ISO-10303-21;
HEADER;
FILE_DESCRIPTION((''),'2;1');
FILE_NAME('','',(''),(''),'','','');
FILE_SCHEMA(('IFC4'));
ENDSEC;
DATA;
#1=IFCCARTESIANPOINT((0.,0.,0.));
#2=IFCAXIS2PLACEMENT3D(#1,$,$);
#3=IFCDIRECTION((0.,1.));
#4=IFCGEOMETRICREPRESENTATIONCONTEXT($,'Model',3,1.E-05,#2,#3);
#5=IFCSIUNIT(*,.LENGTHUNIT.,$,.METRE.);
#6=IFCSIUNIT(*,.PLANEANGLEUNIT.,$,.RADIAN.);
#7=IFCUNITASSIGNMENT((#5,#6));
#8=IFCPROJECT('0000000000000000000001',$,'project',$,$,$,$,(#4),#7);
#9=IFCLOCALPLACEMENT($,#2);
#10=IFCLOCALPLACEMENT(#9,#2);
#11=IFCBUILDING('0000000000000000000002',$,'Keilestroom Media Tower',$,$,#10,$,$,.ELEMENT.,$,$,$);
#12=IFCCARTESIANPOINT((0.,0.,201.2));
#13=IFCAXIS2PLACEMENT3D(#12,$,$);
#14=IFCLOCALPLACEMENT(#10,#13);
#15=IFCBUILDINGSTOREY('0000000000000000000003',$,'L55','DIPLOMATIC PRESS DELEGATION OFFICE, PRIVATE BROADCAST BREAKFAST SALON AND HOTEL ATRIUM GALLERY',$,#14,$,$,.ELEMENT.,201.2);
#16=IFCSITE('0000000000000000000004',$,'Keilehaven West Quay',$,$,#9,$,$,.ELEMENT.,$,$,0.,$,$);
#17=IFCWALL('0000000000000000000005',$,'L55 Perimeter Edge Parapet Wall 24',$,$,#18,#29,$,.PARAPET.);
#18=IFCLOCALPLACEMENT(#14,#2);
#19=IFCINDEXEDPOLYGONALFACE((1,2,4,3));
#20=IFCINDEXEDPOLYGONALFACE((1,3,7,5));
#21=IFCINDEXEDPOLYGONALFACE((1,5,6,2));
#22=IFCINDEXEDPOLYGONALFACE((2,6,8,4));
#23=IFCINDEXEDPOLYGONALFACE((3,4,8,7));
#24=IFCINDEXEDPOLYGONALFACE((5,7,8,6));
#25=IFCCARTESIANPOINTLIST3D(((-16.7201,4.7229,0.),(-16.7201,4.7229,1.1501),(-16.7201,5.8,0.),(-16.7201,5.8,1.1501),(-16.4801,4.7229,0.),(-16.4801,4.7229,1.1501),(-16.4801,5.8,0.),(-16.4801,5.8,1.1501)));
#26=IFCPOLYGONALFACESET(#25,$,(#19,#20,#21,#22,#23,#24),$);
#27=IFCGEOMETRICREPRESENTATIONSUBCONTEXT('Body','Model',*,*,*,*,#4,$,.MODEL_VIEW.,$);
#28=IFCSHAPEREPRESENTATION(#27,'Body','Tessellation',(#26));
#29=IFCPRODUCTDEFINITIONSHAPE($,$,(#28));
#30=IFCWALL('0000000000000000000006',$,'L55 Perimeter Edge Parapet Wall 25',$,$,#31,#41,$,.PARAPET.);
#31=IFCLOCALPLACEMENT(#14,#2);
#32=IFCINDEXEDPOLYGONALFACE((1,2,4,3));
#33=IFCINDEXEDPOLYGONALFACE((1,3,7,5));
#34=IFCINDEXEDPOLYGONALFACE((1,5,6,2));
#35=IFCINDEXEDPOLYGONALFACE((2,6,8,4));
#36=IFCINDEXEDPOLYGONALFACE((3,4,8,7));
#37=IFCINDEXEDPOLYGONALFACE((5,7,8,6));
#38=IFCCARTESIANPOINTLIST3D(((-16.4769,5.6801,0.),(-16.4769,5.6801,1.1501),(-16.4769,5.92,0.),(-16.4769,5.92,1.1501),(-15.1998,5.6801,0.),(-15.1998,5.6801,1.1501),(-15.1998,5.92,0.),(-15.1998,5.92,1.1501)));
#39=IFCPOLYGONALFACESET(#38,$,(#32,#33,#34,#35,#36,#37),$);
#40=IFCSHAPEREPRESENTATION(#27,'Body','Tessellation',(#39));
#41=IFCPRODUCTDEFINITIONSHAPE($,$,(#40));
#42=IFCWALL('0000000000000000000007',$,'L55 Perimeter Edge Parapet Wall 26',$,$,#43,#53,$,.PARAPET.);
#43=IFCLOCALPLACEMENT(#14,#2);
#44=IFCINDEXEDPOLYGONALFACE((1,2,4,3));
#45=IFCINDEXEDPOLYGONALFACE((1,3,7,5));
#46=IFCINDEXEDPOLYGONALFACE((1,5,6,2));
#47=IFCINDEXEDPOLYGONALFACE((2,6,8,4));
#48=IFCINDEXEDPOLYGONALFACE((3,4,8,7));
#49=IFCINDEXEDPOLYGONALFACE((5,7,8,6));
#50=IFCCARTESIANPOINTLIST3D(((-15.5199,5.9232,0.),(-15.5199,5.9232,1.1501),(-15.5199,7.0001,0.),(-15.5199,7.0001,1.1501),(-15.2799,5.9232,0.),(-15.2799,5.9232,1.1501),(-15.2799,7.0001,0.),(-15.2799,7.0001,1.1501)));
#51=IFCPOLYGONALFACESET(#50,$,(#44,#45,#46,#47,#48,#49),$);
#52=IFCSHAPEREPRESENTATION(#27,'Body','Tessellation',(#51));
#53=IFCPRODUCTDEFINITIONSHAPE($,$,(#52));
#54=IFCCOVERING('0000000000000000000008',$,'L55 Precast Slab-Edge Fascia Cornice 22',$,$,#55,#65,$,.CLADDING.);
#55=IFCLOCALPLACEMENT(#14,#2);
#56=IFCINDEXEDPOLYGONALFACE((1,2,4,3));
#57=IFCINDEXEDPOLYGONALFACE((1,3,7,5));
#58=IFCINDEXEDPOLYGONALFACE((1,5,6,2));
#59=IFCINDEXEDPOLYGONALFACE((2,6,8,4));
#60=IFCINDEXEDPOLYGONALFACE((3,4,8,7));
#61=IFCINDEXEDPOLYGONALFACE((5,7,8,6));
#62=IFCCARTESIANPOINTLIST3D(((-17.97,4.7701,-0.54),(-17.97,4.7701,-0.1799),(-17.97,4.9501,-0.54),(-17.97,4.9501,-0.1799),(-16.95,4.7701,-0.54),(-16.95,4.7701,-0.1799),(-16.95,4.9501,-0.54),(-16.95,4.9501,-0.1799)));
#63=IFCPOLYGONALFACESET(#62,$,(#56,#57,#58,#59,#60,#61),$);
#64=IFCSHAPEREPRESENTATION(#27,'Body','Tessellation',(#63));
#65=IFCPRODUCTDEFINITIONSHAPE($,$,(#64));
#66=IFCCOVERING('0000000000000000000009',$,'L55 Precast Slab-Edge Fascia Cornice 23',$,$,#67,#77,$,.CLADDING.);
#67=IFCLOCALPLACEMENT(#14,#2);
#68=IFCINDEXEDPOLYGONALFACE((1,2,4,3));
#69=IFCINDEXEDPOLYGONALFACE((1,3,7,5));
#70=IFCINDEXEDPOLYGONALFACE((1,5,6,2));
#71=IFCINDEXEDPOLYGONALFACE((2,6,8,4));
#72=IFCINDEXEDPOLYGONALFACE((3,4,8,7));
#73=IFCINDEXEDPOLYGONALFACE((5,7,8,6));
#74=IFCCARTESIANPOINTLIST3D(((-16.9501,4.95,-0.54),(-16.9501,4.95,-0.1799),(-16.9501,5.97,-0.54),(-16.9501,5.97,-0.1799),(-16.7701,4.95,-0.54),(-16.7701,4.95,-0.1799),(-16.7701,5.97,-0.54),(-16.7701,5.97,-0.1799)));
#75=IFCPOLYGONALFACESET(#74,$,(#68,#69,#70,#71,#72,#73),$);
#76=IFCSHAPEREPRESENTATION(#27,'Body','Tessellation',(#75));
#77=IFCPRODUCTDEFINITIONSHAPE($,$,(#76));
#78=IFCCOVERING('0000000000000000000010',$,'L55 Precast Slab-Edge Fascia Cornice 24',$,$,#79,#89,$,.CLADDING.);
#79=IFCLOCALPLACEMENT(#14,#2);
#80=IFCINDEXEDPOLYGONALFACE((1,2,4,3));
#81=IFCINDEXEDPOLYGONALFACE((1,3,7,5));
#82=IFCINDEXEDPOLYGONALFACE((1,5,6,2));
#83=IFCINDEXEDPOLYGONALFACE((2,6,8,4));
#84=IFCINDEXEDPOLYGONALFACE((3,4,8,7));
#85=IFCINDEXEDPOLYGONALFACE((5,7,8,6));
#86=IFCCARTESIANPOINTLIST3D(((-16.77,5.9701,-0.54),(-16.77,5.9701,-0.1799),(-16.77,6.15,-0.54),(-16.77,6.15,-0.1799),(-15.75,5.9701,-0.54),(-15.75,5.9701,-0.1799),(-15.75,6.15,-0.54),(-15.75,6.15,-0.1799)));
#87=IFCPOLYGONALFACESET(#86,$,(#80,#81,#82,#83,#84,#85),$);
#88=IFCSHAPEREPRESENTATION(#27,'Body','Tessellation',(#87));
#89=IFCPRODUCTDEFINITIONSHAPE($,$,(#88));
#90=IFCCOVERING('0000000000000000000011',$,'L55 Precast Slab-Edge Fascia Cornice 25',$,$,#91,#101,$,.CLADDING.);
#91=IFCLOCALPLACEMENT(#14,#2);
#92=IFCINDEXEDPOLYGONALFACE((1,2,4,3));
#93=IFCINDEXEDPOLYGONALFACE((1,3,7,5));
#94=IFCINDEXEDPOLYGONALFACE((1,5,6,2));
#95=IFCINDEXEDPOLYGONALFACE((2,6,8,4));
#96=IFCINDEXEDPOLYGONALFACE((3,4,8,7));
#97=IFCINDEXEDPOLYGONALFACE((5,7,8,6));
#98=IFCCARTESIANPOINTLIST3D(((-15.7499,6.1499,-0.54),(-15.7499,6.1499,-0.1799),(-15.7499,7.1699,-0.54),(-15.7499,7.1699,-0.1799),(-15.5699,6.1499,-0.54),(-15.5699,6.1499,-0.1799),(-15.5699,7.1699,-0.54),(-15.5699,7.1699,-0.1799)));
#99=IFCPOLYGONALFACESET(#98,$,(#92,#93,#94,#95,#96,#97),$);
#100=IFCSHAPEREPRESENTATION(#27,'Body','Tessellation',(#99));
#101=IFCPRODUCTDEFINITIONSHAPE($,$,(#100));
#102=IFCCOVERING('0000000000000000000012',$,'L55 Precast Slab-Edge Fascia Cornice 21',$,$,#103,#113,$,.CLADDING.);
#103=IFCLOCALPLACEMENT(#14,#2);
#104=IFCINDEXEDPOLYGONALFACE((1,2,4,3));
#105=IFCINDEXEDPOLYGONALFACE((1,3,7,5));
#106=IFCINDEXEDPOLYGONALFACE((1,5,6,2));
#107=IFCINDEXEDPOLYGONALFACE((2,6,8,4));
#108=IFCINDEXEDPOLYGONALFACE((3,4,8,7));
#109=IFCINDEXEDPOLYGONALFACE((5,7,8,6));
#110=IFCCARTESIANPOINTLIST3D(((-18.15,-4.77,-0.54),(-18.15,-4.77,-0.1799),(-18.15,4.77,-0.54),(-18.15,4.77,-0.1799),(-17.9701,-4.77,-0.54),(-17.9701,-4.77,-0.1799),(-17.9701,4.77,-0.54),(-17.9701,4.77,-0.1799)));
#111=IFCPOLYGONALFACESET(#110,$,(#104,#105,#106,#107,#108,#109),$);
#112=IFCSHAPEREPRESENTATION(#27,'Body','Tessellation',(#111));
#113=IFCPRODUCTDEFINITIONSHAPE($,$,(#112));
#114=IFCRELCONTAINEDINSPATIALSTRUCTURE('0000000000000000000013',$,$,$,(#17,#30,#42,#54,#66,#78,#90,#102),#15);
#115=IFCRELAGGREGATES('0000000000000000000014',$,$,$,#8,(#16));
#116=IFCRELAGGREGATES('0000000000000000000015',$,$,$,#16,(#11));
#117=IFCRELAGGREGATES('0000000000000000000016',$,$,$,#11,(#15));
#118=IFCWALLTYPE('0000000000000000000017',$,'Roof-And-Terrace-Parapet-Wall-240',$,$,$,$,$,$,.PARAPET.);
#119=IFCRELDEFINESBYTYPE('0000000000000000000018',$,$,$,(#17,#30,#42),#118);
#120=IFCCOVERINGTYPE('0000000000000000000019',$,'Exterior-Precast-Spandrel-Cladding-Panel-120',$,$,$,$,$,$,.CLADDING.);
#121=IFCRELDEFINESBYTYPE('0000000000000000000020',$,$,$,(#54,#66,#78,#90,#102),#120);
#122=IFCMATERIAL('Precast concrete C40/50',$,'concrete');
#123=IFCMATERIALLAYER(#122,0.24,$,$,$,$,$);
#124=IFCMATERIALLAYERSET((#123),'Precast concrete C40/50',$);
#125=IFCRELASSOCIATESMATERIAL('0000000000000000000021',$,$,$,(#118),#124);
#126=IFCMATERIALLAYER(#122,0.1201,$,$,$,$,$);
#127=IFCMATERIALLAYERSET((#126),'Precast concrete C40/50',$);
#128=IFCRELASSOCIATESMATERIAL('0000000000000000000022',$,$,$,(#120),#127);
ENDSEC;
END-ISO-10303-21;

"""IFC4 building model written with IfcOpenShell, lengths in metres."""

from ifc_helpers import new_model, si_unit, direction, frame, frame_2d, origin, origin_2d, place, context, subcontext, project, spatial, rectangle, extrude, source, transform, mapped, material, layer, layer_set, type_object, element, save


model = new_model("IFC4")

# Units and contexts
model_context = context("Model", 3, precision=1e-05, world=origin(), true_north=direction((0.0, 1.0)))
body_context = subcontext(model_context, "Body", "Model", "MODEL_VIEW")
ifc_project = project(units=[si_unit("LENGTHUNIT", "METRE"), si_unit("PLANEANGLEUNIT", "RADIAN")], contexts=[model_context])

# Site, building, storey
site_placement = place(None, origin())
site = spatial("IfcSite", under=ifc_project, at=site_placement, Name="Keilehaven West Quay", CompositionType="ELEMENT", RefElevation=0.0)
building_placement = place(site_placement, origin())
building = spatial("IfcBuilding", under=site, at=building_placement, Name="Keilestroom Media Tower", CompositionType="ELEMENT")
storey_placement = place(building_placement, frame((0.0, 0.0, 201.2)))
storey = spatial("IfcBuildingStorey", under=building, at=storey_placement, Name="L55", Description="DIPLOMATIC PRESS DELEGATION OFFICE, PRIVATE BROADCAST BREAKFAST SALON AND HOTEL ATRIUM GALLERY", CompositionType="ELEMENT", Elevation=201.2)

# Shared definitions
ifc_material_1 = material(Name="Precast concrete C40/50", Category="concrete")

# Walls
ifc_layer_1 = layer(ifc_material_1, 0.24)
ifc_layer_set_1 = layer_set([ifc_layer_1], Name="Precast concrete C40/50")
wall_type = type_object("IfcWallType", Name="Roof-And-Terrace-Parapet-Wall-240", PredefinedType="PARAPET", material=ifc_layer_set_1)
wall_1_placement = place(storey_placement, frame((-16.6001, 4.7229, 0.0), z_axis=(0.0, 0.0, 1.0), x_axis=(0.0, 1.0, 0.0)))
element("IfcWall", 1, at=wall_1_placement, inside=storey, type_object=wall_type, Name="L55 Perimeter Edge Parapet Wall 24", PredefinedType="PARAPET", context=body_context, shape_type="SweptSolid", body=[
    extrude(rectangle(XDim=1.0771, YDim=0.24, at=frame_2d((0.5386, 0.0))), origin(), (0.0, 0.0, 1.0), 1.1501),
])
wall_2_placement = place(storey_placement, frame((-16.4771, 5.8, 0.0), z_axis=(0.0, 0.0, 1.0), x_axis=(1.0, 0.0, 0.0)))
element("IfcWall", 2, at=wall_2_placement, inside=storey, type_object=wall_type, Name="L55 Perimeter Edge Parapet Wall 25", PredefinedType="PARAPET", context=body_context, shape_type="SweptSolid", body=[
    extrude(rectangle(XDim=1.2771, YDim=0.24, at=frame_2d((0.6387, 0.0))), origin(), (0.0, 0.0, 1.0), 1.1501),
])
wall_3_placement = place(storey_placement, frame((-15.3999, 5.9231, 0.0), z_axis=(0.0, 0.0, 1.0), x_axis=(0.0, 1.0, 0.0)))
element("IfcWall", 3, at=wall_3_placement, inside=storey, type_object=wall_type, Name="L55 Perimeter Edge Parapet Wall 26", PredefinedType="PARAPET", context=body_context, shape_type="SweptSolid", body=[
    extrude(rectangle(XDim=1.0769, YDim=0.24, at=frame_2d((0.5386, 0.0))), origin(), (0.0, 0.0, 1.0), 1.1501),
])

# Coverings
ifc_layer_2 = layer(ifc_material_1, 0.1201)
ifc_layer_set_2 = layer_set([ifc_layer_2], Name="Precast concrete C40/50")
covering_type = type_object("IfcCoveringType", Name="Exterior-Precast-Spandrel-Cladding-Panel-120", PredefinedType="CLADDING", material=ifc_layer_set_2)
shared_shape_1 = source(origin(), body_context, "Body", "SweptSolid", [
    extrude(rectangle(XDim=1.02, YDim=0.1799, at=origin_2d()), origin(), (0.0, 0.0, 1.0), 0.3601),
])
for number, where, z_axis, x_axis, name in (
    (4, (-17.46, 4.8601, -0.54), (0.0, 0.0, 1.0), (1.0, 0.0, 0.0), "L55 Precast Slab-Edge Fascia Cornice 22"),
    (5, (-16.8601, 5.46, -0.54), (0.0, 0.0, 1.0), (0.0, 1.0, 0.0), "L55 Precast Slab-Edge Fascia Cornice 23"),
    (6, (-16.26, 6.0601, -0.54), (0.0, 0.0, 1.0), (1.0, 0.0, 0.0), "L55 Precast Slab-Edge Fascia Cornice 24"),
    (7, (-15.6599, 6.6599, -0.54), (0.0, 0.0, 1.0), (0.0, 1.0, 0.0), "L55 Precast Slab-Edge Fascia Cornice 25"),
):
    element("IfcCovering", number, at=place(storey_placement, frame(where, z_axis=z_axis, x_axis=x_axis)), inside=storey, type_object=covering_type, Name=name, PredefinedType="CLADDING", context=body_context, shape_type="MappedRepresentation", body=[
        mapped(shared_shape_1, transform((0.0, 0.0, 0.0), x_axis=(1.0, 0.0, 0.0), y_axis=(0.0, 1.0, 0.0), z_axis=(0.0, 0.0, 1.0), scale=1.0)),
    ])
shared_shape_2 = source(origin(), body_context, "Body", "SweptSolid", [
    extrude(rectangle(XDim=9.54, YDim=0.1799, at=origin_2d()), origin(), (0.0, 0.0, 1.0), 0.3601),
])
covering_placement = place(storey_placement, frame((-18.0601, 0.0, -0.54), z_axis=(0.0, 0.0, 1.0), x_axis=(0.0, 1.0, 0.0)))
element("IfcCovering", 8, at=covering_placement, inside=storey, type_object=covering_type, Name="L55 Precast Slab-Edge Fascia Cornice 21", PredefinedType="CLADDING", context=body_context, shape_type="MappedRepresentation", body=[
    mapped(shared_shape_2, transform((0.0, 0.0, 0.0), x_axis=(1.0, 0.0, 0.0), y_axis=(0.0, 1.0, 0.0), z_axis=(0.0, 0.0, 1.0), scale=1.0)),
])

save(model, "model.ifc")
